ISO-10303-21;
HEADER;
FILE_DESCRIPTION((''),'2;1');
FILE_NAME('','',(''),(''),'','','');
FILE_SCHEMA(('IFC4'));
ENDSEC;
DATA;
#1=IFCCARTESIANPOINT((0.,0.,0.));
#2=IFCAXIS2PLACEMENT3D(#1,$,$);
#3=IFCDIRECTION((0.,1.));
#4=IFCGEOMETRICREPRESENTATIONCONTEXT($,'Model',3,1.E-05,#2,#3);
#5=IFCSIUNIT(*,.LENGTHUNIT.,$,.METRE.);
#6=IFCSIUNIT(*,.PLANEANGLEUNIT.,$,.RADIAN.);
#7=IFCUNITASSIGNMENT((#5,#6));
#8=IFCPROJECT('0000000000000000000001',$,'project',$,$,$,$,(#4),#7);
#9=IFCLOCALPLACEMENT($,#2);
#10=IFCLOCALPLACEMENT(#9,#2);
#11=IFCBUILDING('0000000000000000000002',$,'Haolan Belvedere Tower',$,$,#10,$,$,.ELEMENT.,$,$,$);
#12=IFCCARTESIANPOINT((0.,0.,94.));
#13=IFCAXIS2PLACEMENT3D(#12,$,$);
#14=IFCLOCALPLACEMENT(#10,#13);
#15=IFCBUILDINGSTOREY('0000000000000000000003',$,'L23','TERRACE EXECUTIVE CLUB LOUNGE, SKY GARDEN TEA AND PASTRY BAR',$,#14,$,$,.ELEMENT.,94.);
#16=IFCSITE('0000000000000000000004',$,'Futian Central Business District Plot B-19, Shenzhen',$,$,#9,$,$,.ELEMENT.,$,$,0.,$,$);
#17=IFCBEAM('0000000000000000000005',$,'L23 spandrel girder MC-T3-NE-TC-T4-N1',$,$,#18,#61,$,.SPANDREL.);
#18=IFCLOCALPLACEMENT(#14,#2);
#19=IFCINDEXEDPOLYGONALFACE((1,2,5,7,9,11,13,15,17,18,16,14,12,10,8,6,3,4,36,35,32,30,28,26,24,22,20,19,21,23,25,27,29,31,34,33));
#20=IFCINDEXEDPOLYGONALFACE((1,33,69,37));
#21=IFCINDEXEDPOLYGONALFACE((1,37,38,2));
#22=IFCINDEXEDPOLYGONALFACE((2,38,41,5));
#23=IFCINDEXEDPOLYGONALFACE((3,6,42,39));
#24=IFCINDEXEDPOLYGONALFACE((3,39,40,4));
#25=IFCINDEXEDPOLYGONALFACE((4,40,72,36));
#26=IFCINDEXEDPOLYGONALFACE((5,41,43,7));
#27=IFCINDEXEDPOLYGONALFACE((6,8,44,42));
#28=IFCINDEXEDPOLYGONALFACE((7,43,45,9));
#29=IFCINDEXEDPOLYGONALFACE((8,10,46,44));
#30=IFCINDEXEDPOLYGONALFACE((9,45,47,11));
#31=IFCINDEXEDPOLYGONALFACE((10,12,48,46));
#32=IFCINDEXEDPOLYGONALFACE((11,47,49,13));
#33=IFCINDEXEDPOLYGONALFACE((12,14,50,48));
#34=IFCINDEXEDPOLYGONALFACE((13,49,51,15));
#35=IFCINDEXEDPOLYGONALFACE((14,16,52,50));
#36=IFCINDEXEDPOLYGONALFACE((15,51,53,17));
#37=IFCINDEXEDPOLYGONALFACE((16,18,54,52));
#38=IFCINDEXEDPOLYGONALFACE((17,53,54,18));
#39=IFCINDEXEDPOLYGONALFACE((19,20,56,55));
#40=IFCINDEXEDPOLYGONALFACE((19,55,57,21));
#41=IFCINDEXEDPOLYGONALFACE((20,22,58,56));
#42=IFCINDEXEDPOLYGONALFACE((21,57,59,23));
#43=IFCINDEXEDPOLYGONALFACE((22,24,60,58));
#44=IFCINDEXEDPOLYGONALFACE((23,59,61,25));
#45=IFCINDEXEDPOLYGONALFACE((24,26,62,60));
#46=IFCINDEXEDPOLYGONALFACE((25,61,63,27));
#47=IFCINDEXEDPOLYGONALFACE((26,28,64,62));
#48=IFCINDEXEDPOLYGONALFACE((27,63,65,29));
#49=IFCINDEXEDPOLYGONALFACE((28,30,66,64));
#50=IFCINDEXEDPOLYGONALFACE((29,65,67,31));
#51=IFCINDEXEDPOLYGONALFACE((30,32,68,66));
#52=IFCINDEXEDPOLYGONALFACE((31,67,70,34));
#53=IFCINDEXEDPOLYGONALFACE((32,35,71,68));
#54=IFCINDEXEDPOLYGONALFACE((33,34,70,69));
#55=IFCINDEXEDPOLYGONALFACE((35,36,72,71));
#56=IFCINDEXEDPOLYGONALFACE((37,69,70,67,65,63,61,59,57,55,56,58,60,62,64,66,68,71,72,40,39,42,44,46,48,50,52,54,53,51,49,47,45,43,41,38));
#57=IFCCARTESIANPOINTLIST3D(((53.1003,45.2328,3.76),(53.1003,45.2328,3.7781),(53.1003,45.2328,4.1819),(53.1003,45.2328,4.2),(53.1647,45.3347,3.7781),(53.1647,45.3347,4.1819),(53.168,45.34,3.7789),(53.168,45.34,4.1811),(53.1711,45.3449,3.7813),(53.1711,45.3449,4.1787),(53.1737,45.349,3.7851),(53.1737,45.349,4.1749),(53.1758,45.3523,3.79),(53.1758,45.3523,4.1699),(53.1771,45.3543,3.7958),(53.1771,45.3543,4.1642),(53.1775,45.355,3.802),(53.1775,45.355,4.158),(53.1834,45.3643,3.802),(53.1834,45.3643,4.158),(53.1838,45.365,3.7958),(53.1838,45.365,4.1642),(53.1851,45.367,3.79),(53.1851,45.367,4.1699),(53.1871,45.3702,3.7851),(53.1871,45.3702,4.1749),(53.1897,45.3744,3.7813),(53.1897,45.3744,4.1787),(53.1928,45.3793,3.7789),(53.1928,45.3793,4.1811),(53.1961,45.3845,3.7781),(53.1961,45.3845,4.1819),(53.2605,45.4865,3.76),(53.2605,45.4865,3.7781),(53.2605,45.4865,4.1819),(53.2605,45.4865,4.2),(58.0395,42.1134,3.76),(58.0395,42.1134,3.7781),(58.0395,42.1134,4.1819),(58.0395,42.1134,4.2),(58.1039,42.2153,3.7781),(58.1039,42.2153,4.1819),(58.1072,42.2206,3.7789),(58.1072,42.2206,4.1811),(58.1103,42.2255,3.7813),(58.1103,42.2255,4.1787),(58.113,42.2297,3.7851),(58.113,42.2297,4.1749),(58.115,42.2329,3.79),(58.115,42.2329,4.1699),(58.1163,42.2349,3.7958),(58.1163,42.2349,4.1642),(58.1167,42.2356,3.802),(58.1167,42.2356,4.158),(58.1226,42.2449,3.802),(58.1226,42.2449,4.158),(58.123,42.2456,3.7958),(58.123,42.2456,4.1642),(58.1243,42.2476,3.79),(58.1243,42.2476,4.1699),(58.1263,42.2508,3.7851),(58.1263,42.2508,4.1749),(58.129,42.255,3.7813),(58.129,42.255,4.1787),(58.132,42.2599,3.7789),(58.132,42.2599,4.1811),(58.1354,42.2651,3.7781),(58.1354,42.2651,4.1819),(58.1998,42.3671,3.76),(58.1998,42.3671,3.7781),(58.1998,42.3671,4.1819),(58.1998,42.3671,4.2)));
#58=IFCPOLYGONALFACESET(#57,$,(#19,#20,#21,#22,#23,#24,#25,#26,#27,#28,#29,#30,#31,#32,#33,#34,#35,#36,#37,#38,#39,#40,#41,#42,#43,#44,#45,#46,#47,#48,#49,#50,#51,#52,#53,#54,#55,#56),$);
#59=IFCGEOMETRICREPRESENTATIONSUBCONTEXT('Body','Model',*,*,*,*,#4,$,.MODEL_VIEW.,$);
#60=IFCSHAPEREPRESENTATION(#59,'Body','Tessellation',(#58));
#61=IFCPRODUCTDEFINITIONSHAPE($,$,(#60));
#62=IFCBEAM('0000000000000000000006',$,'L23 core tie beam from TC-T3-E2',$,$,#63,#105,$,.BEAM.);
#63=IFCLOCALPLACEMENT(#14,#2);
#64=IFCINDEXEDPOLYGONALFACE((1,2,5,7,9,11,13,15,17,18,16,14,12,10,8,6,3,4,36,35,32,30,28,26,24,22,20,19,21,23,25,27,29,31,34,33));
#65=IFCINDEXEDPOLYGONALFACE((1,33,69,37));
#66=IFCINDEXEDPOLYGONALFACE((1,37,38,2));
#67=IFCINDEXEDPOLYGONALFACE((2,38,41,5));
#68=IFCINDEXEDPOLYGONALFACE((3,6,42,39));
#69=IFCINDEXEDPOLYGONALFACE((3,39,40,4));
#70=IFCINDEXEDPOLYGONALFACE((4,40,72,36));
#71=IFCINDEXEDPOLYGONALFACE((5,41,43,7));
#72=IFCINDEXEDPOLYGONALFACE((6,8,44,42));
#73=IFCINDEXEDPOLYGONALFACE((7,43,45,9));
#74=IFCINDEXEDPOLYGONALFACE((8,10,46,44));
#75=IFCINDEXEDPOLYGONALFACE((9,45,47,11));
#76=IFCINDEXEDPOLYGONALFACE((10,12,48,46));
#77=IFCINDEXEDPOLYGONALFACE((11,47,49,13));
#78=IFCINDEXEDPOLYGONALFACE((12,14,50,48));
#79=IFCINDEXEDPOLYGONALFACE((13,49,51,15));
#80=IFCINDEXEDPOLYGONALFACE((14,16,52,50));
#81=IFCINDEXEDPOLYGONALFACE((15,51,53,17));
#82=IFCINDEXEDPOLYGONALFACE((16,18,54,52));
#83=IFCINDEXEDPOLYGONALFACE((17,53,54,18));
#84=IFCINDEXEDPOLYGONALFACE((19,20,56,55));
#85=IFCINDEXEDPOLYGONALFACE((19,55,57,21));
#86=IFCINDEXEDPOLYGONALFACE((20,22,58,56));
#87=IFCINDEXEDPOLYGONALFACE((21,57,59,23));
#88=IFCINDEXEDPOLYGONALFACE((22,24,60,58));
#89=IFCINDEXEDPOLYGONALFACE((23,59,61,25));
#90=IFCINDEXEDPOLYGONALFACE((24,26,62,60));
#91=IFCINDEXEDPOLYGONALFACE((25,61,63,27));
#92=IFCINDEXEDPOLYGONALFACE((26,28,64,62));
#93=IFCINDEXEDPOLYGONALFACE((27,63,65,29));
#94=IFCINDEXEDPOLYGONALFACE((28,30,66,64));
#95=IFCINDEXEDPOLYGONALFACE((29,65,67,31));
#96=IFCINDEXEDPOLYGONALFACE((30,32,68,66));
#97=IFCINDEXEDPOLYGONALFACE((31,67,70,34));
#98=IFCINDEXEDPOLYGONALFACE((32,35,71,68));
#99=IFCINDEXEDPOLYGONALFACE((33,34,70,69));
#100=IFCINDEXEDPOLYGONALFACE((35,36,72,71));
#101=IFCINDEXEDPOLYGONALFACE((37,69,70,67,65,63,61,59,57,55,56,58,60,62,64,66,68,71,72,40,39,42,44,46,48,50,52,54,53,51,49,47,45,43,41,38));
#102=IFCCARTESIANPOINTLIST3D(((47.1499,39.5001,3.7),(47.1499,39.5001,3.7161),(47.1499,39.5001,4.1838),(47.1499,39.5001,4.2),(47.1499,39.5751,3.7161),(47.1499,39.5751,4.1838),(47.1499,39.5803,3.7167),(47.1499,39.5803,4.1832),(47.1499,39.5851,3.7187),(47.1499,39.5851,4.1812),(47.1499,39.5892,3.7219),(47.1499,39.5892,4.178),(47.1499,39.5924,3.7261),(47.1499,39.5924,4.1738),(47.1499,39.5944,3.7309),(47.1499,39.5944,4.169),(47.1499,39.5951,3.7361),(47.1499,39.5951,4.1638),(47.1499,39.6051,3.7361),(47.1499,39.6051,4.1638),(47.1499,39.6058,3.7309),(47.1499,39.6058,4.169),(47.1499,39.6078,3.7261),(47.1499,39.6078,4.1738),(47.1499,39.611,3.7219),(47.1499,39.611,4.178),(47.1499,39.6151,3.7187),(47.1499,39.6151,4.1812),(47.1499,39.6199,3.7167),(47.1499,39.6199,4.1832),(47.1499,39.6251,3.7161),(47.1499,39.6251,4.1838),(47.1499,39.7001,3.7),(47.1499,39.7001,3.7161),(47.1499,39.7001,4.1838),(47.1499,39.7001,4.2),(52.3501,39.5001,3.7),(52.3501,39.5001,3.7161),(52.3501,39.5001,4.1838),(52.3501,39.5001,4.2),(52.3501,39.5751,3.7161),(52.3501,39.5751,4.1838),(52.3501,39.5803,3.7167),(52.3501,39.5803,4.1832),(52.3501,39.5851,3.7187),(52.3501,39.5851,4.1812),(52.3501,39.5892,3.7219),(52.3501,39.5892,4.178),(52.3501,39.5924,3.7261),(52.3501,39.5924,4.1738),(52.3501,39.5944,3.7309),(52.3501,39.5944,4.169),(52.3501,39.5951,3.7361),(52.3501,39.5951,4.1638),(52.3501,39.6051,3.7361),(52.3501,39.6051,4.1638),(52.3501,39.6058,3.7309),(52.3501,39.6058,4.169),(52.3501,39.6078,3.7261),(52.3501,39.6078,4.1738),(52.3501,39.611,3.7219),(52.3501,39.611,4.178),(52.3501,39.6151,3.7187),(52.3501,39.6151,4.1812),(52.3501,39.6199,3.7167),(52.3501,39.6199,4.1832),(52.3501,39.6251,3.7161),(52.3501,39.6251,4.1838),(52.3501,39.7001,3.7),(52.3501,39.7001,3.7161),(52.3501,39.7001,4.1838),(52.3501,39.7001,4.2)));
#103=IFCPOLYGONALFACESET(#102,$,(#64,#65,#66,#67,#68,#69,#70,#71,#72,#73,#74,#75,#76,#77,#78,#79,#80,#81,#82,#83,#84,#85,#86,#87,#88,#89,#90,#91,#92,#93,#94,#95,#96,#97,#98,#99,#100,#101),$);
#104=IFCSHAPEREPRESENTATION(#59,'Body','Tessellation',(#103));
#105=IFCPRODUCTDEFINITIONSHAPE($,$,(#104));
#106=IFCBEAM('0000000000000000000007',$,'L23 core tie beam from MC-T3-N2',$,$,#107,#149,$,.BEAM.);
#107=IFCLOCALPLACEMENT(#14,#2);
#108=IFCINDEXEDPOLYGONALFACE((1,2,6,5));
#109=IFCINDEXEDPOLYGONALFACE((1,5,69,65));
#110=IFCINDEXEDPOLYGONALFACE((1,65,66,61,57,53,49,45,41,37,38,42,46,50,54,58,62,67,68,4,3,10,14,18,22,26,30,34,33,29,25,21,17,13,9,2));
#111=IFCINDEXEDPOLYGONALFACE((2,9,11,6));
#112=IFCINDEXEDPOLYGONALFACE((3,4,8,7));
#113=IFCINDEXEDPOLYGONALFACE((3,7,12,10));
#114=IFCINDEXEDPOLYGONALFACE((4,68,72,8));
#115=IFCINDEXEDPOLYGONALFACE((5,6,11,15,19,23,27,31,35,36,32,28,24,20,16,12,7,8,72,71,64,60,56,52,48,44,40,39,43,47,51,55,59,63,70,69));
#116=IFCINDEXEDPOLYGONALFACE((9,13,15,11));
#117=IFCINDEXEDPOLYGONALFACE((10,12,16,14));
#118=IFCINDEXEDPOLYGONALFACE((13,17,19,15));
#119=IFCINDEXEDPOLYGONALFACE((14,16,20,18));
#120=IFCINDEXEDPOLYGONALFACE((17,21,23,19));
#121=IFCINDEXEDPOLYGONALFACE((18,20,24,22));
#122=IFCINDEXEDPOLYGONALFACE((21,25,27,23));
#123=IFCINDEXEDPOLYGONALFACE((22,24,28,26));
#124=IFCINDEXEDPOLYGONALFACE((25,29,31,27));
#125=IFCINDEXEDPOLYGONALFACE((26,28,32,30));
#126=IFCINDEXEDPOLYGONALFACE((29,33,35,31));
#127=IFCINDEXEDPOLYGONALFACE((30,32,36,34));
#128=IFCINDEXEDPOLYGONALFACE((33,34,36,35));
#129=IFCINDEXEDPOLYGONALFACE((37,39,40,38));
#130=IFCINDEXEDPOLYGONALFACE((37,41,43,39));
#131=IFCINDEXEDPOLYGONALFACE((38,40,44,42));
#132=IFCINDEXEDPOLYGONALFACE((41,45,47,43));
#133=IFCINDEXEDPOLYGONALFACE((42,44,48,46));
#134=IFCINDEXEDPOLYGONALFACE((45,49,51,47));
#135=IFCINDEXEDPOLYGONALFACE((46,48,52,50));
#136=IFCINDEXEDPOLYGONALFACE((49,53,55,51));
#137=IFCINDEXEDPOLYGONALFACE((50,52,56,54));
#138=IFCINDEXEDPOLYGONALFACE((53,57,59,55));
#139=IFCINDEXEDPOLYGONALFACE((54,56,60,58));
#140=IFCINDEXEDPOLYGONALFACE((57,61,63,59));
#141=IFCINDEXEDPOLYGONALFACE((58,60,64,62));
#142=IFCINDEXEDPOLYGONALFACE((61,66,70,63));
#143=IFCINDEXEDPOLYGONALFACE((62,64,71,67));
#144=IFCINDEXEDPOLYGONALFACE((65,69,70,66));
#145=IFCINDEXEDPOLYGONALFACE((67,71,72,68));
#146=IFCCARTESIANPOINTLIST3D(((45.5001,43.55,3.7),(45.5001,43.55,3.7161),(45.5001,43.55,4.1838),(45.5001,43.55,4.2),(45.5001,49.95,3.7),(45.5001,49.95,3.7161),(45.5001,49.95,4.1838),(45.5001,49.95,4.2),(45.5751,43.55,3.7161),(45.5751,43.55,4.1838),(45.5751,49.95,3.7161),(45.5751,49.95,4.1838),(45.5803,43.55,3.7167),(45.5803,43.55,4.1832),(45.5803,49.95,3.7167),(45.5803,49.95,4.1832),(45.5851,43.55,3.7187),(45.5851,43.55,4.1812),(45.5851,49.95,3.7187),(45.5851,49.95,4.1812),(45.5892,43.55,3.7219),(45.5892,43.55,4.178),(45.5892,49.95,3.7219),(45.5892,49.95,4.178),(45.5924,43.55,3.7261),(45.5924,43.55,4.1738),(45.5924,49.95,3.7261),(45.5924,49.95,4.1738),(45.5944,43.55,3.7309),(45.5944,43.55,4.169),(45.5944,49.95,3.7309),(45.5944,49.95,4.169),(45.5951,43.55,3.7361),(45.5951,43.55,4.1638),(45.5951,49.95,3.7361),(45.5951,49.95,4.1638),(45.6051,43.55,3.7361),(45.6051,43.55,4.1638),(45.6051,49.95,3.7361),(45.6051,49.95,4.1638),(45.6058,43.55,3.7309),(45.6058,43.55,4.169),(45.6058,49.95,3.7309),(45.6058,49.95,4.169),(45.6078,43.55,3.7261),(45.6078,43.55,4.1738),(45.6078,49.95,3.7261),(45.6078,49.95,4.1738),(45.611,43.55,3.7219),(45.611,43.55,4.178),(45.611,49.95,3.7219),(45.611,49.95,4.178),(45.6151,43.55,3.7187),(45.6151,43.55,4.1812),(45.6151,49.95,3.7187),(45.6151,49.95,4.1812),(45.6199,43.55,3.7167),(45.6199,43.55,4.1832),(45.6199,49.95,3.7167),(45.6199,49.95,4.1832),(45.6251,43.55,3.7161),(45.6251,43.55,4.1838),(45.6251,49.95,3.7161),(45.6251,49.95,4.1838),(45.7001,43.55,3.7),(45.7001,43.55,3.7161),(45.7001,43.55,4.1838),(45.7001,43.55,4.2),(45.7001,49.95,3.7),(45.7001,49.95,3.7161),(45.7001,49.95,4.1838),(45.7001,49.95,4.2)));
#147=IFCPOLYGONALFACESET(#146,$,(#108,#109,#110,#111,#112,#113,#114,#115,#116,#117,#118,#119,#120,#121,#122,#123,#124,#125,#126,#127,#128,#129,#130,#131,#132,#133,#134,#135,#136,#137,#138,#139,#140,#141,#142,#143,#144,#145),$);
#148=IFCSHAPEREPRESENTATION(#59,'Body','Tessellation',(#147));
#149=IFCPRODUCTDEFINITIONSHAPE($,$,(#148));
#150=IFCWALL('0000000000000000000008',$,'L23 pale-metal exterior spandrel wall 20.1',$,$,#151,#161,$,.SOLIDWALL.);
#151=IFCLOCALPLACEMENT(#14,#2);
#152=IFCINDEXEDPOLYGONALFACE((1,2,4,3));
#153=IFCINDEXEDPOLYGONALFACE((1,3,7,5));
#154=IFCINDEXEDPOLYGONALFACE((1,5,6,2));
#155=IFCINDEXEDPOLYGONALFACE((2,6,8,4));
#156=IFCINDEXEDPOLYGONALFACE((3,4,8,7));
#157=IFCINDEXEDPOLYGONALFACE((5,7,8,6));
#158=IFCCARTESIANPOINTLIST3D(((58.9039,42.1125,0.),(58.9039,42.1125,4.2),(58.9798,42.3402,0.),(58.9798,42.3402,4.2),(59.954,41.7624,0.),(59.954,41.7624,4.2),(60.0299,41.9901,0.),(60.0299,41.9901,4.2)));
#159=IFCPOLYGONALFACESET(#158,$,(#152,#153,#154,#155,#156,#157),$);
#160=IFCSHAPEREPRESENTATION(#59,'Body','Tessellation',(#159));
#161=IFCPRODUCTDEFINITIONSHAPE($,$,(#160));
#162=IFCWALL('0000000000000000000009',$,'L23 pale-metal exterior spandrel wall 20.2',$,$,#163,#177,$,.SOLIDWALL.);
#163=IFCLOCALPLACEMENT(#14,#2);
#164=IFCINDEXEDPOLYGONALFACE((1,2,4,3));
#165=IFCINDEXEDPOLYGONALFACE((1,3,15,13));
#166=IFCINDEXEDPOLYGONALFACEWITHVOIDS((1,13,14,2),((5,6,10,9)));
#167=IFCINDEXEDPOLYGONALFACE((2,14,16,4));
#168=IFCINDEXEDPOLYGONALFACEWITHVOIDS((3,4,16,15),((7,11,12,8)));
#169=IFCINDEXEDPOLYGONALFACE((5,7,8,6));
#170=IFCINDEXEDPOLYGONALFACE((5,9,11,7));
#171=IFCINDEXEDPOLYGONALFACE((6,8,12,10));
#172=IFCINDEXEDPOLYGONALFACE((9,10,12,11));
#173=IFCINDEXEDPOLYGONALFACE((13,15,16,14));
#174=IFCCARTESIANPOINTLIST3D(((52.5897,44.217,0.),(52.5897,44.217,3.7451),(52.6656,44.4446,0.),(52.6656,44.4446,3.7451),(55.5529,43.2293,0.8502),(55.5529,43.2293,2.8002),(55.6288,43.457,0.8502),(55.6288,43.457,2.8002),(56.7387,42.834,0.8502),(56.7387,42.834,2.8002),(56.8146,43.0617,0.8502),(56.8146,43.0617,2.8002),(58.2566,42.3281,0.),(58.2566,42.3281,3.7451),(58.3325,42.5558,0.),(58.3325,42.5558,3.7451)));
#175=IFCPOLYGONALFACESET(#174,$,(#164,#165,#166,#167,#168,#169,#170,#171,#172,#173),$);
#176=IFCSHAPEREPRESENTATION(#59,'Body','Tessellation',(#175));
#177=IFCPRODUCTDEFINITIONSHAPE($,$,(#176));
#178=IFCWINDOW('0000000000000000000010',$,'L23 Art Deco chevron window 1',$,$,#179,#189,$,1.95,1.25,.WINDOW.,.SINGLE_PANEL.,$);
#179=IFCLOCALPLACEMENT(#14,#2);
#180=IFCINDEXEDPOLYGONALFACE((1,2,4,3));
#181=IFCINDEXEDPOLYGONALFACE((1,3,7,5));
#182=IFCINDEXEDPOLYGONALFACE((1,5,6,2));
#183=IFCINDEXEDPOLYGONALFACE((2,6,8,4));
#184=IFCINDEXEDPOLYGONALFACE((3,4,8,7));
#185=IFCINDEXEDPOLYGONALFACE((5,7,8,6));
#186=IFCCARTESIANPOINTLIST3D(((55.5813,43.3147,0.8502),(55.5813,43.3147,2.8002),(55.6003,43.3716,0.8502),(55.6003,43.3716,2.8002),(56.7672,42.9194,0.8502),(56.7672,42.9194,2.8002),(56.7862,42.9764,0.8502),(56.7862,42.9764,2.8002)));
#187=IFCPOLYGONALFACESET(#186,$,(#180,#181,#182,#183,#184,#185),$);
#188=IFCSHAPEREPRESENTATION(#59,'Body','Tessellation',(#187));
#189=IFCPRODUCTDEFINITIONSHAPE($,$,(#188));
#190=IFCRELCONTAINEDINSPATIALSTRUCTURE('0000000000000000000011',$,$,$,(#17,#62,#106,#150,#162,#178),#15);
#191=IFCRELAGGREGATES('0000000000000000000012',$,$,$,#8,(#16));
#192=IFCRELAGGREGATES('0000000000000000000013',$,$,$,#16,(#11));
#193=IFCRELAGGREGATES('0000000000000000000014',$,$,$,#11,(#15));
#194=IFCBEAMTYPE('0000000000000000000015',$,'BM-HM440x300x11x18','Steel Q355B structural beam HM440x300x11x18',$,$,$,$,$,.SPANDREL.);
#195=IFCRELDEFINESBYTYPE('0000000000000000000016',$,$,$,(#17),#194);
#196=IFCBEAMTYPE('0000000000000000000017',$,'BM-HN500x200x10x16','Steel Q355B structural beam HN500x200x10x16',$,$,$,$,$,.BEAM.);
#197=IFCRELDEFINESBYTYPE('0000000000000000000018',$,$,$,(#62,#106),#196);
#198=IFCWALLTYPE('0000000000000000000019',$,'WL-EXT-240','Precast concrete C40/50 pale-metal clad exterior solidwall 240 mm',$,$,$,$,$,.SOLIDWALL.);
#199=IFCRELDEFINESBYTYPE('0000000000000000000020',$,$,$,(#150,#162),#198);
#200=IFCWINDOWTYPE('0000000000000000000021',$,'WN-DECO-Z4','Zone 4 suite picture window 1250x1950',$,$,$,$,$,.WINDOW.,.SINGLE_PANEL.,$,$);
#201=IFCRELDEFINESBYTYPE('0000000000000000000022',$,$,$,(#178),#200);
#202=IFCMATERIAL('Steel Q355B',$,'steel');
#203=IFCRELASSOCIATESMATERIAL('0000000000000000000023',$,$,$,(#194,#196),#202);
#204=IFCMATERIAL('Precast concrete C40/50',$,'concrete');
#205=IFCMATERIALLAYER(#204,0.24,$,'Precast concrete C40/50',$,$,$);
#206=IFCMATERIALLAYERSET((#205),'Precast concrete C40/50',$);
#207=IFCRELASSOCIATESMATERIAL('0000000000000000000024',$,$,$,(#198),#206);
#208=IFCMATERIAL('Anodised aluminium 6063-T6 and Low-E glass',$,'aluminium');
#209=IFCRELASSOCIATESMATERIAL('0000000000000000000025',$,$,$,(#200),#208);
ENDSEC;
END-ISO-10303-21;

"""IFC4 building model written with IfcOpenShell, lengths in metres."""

from ifc_helpers import new_model, si_unit, direction, frame, frame_2d, origin, origin_2d, place, context, subcontext, project, spatial, rectangle, i_section, extrude, material, layer, layer_set, material_profile, profile_set, type_object, element, fill, save


model = new_model("IFC4")

# Units and contexts
model_context = context("Model", 3, precision=1e-05, world=origin(), true_north=direction((0.0, 1.0)))
body_context = subcontext(model_context, "Body", "Model", "MODEL_VIEW")
ifc_project = project(units=[si_unit("LENGTHUNIT", "METRE"), si_unit("PLANEANGLEUNIT", "RADIAN")], contexts=[model_context])

# Site, building, storey
site_placement = place(None, origin())
site = spatial("IfcSite", under=ifc_project, at=site_placement, Name="Futian Central Business District Plot B-19, Shenzhen", CompositionType="ELEMENT", RefElevation=0.0)
building_placement = place(site_placement, origin())
building = spatial("IfcBuilding", under=site, at=building_placement, Name="Haolan Belvedere Tower", CompositionType="ELEMENT")
storey_placement = place(building_placement, frame((0.0, 0.0, 94.0)))
storey = spatial("IfcBuildingStorey", under=building, at=storey_placement, Name="L23", Description="TERRACE EXECUTIVE CLUB LOUNGE, SKY GARDEN TEA AND PASTRY BAR", CompositionType="ELEMENT", Elevation=94.0)

# Beams
ifc_material_1 = material(Name="Steel Q355B", Category="steel")
ifc_material_profile_1 = material_profile(ifc_material_1, i_section(OverallWidth=0.3, OverallDepth=0.4399, WebThickness=0.011, FlangeThickness=0.0181, FilletRadius=0.0239, at=origin_2d()), Name="Steel Q355B")
ifc_profile_set_1 = profile_set([ifc_material_profile_1], Name="Steel Q355B")
beam_type_1 = type_object("IfcBeamType", Name="BM-HM440x300x11x18", Description="Steel Q355B structural beam HM440x300x11x18", PredefinedType="SPANDREL", material=ifc_profile_set_1)
beam_1_placement = place(storey_placement, frame((53.1804, 45.3596, 3.98), z_axis=(0.845498, -0.533979, 0.0), x_axis=(0.533979, 0.845498, 0.0)))
element("IfcBeam", 1, at=beam_1_placement, inside=storey, type_object=beam_type_1, Name="L23 spandrel girder MC-T3-NE-TC-T4-N1", PredefinedType="SPANDREL", context=body_context, shape_type="SweptSolid", body=[
    extrude(i_section(OverallWidth=0.3, OverallDepth=0.4399, WebThickness=0.011, FlangeThickness=0.0181, FilletRadius=0.0239, at=origin_2d()), origin(), (0.0, 0.0, 1.0), 5.8418),
])
ifc_material_profile_2 = material_profile(ifc_material_1, i_section(OverallWidth=0.2, OverallDepth=0.5, WebThickness=0.01, FlangeThickness=0.0161, FilletRadius=0.02, at=origin_2d()), Name="Steel Q355B")
ifc_profile_set_2 = profile_set([ifc_material_profile_2], Name="Steel Q355B")
beam_type_2 = type_object("IfcBeamType", Name="BM-HN500x200x10x16", Description="Steel Q355B structural beam HN500x200x10x16", PredefinedType="BEAM", material=ifc_profile_set_2)
beam_2_placement = place(storey_placement, frame((52.3501, 39.6001, 3.95), z_axis=(-1.0, 0.0, 0.0), x_axis=(0.0, -1.0, 0.0)))
element("IfcBeam", 2, at=beam_2_placement, inside=storey, type_object=beam_type_2, Name="L23 core tie beam from TC-T3-E2", PredefinedType="BEAM", context=body_context, shape_type="SweptSolid", body=[
    extrude(i_section(OverallWidth=0.2, OverallDepth=0.5, WebThickness=0.01, FlangeThickness=0.0161, FilletRadius=0.02, at=origin_2d()), origin(), (0.0, 0.0, 1.0), 5.2002),
])
beam_3_placement = place(storey_placement, frame((45.6001, 49.95, 3.95), z_axis=(0.0, -1.0, 0.0), x_axis=(1.0, 0.0, 0.0)))
element("IfcBeam", 3, at=beam_3_placement, inside=storey, type_object=beam_type_2, Name="L23 core tie beam from MC-T3-N2", PredefinedType="BEAM", context=body_context, shape_type="SweptSolid", body=[
    extrude(i_section(OverallWidth=0.2, OverallDepth=0.5, WebThickness=0.01, FlangeThickness=0.0161, FilletRadius=0.02, at=origin_2d()), origin(), (0.0, 0.0, 1.0), 6.3999),
])

# Wall
ifc_material_2 = material(Name="Precast concrete C40/50", Category="concrete")
ifc_layer_1 = layer(ifc_material_2, 0.24, Name="Precast concrete C40/50")
ifc_layer_set_1 = layer_set([ifc_layer_1], Name="Precast concrete C40/50")
wall_type_1 = type_object("IfcWallType", Name="WL-EXT-240", Description="Precast concrete C40/50 pale-metal clad exterior solidwall 240 mm", PredefinedType="SOLIDWALL", material=ifc_layer_set_1)
wall_1_placement = place(storey_placement, frame((59.9919, 41.8762, 0.0), z_axis=(0.0, 0.0, 1.0), x_axis=(-0.948661, 0.316294, 0.0)))
element("IfcWall", 4, at=wall_1_placement, inside=storey, type_object=wall_type_1, Name="L23 pale-metal exterior spandrel wall 20.1", PredefinedType="SOLIDWALL", context=body_context, shape_type="SweptSolid", body=[
    extrude(rectangle(XDim=1.1069, YDim=0.24, at=frame_2d((0.5535, 0.0))), origin(), (0.0, 0.0, 1.0), 4.2),
])

# Wall, opening, window
wall_2_placement = place(storey_placement, frame((58.2947, 42.4419, 0.0), z_axis=(0.0, 0.0, 1.0), x_axis=(-0.948687, 0.316216, 0.0)))
wall_2 = element("IfcWall", 5, at=wall_2_placement, inside=storey, type_object=wall_type_1, Name="L23 pale-metal exterior spandrel wall 20.2", PredefinedType="SOLIDWALL", context=body_context, shape_type="SweptSolid", body=[
    extrude(rectangle(XDim=5.9734, YDim=0.24, at=frame_2d((2.9868, 0.0))), origin(), (0.0, 0.0, 1.0), 3.7451),
])
opening_1_placement = place(wall_2_placement, frame((1.6001, 0.0, 0.8501)))
opening_1 = element("IfcOpeningElement", 6, at=opening_1_placement, cuts=wall_2, PredefinedType="OPENING", context=body_context, shape_type="SweptSolid", body=[
    extrude(rectangle(XDim=1.25, YDim=1.95, at=frame_2d((0.625, 0.9751))), frame((0.0, 0.1299, 0.0), z_axis=(0.0, -1.0, 0.0), x_axis=(1.0, 0.0, 0.0)), (0.0, 0.0, 1.0), 0.26),
])
ifc_material_3 = material(Name="Anodised aluminium 6063-T6 and Low-E glass", Category="aluminium")
window_type = type_object("IfcWindowType", Name="WN-DECO-Z4", Description="Zone 4 suite picture window 1250x1950", PartitioningType="SINGLE_PANEL", PredefinedType="WINDOW", material=ifc_material_3)
window_1_placement = place(opening_1_placement, origin())
window_1 = element("IfcWindow", 7, at=window_1_placement, inside=storey, type_object=window_type, Name="L23 Art Deco chevron window 1", OverallHeight=1.95, OverallWidth=1.25, PartitioningType="SINGLE_PANEL", PredefinedType="WINDOW", context=body_context, shape_type="SweptSolid", body=[
    extrude(rectangle(XDim=1.25, YDim=1.95, at=frame_2d((0.625, 0.9751))), frame((0.0, 0.03, 0.0), z_axis=(0.0, -1.0, 0.0), x_axis=(1.0, 0.0, 0.0)), (0.0, 0.0, 1.0), 0.0601),
])
fill(opening_1, window_1)

save(model, "model.ifc")
